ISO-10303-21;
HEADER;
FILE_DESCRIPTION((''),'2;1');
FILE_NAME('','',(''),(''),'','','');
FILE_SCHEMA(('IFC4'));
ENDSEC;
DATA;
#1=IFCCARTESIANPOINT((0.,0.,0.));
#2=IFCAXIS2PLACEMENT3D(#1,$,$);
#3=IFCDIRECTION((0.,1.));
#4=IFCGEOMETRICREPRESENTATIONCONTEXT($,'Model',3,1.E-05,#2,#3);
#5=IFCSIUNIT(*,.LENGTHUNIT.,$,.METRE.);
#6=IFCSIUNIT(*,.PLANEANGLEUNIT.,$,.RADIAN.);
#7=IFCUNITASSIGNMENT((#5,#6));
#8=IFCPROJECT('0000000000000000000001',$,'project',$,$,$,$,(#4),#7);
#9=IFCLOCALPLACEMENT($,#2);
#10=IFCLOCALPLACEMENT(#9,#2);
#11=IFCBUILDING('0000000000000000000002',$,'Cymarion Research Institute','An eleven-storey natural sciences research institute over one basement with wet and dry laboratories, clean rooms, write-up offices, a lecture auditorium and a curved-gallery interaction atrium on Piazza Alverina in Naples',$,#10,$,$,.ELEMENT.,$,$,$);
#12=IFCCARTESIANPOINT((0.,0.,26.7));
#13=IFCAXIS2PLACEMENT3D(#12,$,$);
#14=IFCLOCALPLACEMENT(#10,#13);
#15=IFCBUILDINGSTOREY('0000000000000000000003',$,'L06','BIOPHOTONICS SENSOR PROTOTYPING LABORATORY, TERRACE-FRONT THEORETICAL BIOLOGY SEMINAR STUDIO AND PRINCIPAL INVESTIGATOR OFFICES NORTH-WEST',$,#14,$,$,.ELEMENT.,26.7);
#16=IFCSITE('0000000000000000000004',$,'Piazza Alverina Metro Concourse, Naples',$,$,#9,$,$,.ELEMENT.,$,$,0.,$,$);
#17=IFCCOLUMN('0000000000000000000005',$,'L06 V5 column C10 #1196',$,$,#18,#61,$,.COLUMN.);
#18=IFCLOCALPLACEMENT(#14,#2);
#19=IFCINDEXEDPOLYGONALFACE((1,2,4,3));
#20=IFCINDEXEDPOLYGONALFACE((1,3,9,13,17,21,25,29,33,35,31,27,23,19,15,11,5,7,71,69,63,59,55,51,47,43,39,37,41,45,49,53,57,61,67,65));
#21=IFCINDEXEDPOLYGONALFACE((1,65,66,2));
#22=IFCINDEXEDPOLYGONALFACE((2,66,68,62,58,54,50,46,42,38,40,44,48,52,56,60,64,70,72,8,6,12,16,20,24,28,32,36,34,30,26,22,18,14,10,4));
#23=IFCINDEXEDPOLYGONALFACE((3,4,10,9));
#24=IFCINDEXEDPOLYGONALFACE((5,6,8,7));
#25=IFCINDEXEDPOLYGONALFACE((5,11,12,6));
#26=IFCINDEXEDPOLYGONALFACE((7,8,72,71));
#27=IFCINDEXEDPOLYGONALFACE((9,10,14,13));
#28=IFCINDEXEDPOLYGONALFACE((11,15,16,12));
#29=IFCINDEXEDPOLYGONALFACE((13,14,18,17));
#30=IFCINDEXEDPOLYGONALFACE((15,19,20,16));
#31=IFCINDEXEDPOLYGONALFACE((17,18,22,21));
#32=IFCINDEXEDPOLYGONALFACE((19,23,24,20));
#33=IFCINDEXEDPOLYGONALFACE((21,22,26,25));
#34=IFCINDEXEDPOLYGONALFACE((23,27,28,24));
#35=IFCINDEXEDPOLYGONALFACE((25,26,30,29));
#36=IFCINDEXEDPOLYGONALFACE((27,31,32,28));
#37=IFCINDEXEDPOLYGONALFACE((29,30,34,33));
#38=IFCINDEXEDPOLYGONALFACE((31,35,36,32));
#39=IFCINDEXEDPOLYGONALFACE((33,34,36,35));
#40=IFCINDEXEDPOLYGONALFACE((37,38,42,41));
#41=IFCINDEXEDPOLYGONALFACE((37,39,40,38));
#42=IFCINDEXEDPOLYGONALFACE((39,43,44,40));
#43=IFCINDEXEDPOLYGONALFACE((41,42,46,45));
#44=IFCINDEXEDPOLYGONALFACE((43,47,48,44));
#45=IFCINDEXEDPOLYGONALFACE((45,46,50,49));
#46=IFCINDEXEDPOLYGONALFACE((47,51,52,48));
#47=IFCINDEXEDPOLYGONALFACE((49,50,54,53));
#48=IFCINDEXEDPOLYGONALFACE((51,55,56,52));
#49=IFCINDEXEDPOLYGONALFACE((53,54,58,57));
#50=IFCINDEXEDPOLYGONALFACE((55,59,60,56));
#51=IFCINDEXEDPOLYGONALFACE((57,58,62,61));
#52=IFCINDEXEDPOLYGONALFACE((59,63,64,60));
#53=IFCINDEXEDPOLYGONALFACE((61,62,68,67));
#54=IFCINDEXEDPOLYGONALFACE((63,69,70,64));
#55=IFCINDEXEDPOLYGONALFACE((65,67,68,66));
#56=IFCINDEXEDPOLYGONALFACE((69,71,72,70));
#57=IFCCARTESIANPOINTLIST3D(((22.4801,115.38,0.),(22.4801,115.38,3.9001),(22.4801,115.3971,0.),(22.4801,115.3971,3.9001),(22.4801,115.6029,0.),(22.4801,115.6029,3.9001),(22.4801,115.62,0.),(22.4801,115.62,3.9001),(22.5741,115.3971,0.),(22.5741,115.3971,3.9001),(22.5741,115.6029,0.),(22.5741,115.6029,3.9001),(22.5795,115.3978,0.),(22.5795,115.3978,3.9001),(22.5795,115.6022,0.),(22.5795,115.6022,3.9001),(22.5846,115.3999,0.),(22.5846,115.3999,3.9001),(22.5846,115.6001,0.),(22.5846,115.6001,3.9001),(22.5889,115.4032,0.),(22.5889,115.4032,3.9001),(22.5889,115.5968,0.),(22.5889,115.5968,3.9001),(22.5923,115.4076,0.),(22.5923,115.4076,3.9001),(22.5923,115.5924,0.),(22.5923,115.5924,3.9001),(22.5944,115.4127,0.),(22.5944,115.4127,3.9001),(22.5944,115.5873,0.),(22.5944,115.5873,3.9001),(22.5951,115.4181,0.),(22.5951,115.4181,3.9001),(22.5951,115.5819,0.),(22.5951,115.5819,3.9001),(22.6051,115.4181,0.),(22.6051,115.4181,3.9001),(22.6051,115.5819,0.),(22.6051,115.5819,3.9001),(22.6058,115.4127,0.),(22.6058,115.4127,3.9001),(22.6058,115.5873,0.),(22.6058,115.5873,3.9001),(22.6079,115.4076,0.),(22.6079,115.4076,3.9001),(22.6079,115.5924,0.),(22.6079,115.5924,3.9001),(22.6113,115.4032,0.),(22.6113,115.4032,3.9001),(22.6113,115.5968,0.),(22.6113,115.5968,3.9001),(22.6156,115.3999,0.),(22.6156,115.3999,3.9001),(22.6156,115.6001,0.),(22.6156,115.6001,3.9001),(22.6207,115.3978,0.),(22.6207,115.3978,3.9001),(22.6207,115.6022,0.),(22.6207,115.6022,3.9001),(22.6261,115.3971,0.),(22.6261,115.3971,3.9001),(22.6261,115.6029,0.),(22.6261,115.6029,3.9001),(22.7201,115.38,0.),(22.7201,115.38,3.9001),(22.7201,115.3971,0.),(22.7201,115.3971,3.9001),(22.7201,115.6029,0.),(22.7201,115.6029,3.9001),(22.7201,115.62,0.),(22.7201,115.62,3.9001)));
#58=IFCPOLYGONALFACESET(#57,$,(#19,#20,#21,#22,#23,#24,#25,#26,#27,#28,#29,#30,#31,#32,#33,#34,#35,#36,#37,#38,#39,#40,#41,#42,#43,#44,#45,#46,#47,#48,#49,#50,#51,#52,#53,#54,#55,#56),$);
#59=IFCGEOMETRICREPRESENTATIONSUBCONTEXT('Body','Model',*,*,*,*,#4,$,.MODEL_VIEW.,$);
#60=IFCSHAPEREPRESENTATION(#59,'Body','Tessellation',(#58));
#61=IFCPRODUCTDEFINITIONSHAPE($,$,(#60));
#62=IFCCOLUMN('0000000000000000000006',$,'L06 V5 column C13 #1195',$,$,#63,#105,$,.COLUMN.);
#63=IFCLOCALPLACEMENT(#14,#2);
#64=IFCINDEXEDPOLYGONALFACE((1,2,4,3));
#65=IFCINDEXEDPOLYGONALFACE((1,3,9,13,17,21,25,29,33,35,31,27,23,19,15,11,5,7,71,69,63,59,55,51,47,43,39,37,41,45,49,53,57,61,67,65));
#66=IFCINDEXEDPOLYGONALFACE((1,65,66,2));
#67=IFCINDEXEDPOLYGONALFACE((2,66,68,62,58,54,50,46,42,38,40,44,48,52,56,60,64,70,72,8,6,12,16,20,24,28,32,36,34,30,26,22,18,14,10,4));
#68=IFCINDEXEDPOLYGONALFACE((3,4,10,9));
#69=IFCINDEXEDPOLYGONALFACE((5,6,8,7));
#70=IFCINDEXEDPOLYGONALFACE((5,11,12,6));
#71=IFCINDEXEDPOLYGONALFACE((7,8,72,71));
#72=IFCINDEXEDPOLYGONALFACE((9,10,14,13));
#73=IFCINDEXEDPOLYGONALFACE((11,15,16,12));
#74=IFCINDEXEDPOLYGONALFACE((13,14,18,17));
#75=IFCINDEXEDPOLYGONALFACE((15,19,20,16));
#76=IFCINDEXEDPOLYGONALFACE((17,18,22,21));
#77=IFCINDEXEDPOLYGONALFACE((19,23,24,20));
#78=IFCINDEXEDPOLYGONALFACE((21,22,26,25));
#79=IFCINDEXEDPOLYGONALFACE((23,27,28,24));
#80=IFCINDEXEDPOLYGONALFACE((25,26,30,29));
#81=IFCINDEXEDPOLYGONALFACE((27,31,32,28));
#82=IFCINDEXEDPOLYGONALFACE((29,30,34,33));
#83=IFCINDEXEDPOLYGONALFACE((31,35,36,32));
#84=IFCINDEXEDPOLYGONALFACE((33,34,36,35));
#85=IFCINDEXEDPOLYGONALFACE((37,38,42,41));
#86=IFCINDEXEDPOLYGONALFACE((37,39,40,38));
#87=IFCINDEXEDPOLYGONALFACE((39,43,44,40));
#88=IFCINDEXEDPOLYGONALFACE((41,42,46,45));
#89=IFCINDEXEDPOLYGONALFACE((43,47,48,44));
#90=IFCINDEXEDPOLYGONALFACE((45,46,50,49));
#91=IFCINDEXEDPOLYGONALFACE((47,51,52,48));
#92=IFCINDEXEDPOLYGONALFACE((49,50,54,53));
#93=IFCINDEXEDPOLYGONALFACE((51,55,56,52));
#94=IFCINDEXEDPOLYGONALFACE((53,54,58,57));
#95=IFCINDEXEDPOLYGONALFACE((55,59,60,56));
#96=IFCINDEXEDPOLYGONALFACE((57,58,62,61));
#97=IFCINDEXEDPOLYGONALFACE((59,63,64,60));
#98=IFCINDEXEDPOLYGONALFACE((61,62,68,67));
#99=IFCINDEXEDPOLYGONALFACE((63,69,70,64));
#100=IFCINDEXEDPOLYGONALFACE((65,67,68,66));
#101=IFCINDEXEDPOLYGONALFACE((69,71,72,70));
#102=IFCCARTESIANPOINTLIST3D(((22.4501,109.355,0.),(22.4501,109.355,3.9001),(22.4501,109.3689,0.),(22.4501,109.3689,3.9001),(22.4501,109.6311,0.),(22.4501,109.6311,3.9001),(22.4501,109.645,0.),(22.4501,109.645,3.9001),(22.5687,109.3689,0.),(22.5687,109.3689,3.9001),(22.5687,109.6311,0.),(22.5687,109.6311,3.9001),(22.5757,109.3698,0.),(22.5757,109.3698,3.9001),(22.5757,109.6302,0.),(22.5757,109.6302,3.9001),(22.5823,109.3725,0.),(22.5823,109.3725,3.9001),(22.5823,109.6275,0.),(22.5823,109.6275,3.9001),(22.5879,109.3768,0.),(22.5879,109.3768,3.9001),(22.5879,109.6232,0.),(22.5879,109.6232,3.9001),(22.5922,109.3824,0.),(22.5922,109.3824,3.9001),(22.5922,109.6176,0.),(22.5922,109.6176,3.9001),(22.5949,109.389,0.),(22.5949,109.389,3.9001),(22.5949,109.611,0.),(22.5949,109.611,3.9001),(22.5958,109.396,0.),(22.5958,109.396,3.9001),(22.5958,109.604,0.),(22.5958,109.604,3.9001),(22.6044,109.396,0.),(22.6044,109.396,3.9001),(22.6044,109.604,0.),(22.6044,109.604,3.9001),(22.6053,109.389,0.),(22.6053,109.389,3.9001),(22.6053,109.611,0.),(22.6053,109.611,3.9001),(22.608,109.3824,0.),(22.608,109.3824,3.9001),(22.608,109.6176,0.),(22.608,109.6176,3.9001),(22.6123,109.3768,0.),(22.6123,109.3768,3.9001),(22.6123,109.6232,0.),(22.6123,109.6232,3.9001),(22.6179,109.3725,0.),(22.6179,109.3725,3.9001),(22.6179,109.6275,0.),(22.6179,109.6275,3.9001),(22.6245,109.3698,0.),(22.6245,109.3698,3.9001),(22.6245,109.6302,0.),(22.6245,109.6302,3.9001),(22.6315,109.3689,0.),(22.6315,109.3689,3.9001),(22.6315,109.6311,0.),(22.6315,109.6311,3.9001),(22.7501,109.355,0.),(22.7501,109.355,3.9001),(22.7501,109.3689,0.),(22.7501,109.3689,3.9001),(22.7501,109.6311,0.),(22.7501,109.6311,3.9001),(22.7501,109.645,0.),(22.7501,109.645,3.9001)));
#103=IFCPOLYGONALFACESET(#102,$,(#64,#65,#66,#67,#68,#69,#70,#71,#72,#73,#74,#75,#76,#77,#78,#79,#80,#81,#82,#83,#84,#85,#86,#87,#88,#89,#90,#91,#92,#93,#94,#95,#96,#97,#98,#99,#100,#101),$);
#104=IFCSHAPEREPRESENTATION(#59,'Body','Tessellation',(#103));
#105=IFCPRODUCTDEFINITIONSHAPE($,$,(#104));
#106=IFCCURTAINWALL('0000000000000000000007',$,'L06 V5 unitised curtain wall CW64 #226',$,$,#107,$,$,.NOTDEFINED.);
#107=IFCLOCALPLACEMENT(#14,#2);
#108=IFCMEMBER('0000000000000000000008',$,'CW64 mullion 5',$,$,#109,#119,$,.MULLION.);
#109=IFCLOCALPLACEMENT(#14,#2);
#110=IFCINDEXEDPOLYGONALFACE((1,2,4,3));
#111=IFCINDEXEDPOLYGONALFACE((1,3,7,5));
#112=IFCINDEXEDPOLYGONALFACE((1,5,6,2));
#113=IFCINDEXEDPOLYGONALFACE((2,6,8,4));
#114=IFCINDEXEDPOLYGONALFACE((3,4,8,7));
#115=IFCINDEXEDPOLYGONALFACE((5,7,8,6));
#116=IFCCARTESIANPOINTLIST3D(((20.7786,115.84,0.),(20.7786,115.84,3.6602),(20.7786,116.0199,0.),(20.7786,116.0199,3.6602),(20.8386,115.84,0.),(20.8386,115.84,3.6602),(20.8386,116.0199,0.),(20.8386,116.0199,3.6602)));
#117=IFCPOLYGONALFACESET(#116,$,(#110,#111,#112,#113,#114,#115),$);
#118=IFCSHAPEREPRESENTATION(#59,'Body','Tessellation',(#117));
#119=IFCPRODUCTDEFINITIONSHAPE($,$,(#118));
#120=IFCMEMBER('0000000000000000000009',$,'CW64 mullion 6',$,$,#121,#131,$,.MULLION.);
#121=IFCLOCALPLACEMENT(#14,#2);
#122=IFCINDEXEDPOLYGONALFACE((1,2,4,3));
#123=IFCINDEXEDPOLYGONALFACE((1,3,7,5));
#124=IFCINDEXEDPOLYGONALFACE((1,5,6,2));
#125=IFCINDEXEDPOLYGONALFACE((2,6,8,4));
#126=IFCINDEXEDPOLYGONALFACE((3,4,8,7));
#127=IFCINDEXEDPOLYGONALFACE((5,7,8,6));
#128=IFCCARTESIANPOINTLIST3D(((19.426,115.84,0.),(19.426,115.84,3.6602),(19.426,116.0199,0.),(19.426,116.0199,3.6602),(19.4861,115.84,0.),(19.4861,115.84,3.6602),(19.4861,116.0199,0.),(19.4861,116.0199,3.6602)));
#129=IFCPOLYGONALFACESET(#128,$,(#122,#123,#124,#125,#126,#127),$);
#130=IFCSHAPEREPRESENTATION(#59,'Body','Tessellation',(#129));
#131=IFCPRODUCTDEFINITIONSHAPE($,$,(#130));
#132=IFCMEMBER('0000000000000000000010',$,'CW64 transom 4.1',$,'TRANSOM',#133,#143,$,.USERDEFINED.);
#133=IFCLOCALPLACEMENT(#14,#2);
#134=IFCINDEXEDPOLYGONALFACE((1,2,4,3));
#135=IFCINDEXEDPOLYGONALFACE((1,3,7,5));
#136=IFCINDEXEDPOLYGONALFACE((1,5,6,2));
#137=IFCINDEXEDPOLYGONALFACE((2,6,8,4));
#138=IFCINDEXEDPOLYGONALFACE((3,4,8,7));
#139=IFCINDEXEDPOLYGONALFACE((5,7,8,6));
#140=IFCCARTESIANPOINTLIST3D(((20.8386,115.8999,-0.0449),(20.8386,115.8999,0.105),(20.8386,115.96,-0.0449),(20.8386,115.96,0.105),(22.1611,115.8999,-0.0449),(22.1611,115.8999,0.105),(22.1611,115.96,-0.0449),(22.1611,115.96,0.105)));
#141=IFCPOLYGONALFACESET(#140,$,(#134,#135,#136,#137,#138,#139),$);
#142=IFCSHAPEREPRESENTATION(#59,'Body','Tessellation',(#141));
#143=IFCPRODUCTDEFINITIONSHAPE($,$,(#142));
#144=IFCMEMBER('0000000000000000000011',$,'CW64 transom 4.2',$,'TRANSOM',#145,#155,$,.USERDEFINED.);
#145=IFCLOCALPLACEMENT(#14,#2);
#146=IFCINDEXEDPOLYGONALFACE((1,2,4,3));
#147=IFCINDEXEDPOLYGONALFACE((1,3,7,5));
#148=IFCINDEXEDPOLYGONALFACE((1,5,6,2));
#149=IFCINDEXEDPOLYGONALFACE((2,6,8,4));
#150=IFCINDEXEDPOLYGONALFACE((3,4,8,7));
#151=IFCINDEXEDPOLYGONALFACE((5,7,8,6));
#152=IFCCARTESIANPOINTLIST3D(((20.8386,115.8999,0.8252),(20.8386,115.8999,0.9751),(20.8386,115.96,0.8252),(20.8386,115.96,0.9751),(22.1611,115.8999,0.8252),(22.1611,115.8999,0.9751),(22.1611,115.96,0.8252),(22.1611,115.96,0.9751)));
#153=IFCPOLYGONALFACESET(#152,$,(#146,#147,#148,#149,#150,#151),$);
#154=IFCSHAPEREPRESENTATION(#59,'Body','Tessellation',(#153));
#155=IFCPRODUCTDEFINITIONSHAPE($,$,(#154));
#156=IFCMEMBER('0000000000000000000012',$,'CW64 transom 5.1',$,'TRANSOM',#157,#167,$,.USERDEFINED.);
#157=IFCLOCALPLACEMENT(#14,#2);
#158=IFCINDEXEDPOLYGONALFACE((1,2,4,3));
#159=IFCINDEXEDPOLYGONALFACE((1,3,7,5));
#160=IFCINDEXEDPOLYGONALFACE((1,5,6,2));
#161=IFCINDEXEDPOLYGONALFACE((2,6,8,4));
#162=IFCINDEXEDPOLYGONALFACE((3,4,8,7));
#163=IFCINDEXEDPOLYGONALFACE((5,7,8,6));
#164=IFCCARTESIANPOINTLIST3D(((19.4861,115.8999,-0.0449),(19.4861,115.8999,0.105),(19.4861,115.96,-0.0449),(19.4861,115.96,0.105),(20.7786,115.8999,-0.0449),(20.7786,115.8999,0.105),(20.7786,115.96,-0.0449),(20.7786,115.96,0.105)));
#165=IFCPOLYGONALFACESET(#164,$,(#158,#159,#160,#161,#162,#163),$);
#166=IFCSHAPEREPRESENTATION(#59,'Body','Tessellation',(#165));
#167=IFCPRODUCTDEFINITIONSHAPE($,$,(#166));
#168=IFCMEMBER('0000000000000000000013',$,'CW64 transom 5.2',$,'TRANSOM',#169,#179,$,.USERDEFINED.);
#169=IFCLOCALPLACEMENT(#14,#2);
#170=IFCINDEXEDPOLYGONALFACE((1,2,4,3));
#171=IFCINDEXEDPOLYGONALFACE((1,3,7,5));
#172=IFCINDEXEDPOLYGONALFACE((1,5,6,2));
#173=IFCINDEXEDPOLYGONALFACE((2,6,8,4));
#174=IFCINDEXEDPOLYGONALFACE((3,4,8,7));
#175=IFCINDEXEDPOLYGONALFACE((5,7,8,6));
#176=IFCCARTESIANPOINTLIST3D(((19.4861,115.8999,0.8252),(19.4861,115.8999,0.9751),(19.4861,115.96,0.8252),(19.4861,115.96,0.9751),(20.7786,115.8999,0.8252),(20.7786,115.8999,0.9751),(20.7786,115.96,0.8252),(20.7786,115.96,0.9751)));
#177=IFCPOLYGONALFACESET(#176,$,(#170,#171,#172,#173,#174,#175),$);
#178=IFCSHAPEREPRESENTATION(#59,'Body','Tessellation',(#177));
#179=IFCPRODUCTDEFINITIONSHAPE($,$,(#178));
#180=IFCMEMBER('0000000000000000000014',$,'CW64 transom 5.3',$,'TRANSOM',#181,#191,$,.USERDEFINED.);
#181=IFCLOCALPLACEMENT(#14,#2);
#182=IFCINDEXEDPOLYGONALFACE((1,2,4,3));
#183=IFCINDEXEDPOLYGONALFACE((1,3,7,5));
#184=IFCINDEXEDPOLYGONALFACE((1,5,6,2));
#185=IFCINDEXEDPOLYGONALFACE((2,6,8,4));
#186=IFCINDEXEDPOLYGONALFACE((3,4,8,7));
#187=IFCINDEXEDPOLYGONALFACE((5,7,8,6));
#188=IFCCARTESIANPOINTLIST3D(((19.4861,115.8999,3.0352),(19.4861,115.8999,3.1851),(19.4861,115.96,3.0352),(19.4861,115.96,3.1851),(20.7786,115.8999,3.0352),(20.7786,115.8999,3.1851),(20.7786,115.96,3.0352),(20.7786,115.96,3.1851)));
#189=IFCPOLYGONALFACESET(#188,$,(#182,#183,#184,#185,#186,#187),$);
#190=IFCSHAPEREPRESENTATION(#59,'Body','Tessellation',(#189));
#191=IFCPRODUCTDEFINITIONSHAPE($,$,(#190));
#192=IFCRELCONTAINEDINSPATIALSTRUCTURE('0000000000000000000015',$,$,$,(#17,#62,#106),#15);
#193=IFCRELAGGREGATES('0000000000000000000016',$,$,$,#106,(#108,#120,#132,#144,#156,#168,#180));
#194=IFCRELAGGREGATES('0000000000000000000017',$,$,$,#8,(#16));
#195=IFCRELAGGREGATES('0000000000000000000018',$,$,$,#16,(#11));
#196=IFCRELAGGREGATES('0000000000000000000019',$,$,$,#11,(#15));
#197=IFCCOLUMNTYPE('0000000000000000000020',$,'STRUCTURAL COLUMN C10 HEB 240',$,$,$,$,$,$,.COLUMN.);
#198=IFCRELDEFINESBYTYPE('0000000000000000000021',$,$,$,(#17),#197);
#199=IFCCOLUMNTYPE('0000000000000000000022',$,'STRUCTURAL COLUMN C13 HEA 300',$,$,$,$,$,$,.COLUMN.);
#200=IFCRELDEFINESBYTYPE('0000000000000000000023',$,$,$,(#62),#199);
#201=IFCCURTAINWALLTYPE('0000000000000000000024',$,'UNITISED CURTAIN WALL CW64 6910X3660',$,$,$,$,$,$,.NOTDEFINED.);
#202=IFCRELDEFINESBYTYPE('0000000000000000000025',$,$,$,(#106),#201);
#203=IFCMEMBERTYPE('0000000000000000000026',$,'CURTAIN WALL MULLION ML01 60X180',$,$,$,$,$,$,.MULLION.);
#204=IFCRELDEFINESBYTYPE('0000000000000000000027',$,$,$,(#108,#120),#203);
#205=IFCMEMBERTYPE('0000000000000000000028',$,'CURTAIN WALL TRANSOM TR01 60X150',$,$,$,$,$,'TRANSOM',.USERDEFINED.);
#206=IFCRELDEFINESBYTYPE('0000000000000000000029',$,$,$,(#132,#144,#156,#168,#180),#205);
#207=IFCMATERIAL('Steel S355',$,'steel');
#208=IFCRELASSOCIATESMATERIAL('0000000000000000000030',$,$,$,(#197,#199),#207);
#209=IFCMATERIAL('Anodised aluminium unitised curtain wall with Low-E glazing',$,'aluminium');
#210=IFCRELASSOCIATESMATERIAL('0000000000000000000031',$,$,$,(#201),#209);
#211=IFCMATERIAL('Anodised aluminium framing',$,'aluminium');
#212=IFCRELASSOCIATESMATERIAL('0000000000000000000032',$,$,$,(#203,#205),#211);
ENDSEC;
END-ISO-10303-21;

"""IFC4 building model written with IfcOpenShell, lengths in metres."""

from ifc_helpers import new_model, si_unit, direction, frame, origin, origin_2d, place, context, subcontext, project, spatial, rectangle, i_section, extrude, material, material_profile, profile_set, type_object, element, aggregate, save


model = new_model("IFC4")

# Units and contexts
model_context = context("Model", 3, precision=1e-05, world=origin(), true_north=direction((0.0, 1.0)))
body_context = subcontext(model_context, "Body", "Model", "MODEL_VIEW")
ifc_project = project(units=[si_unit("LENGTHUNIT", "METRE"), si_unit("PLANEANGLEUNIT", "RADIAN")], contexts=[model_context])

# Site, building, storey
site_placement = place(None, origin())
site = spatial("IfcSite", under=ifc_project, at=site_placement, Name="Piazza Alverina Metro Concourse, Naples", CompositionType="ELEMENT", RefElevation=0.0)
building_placement = place(site_placement, origin())
building = spatial("IfcBuilding", under=site, at=building_placement, Name="Cymarion Research Institute", Description="An eleven-storey natural sciences research institute over one basement with wet and dry laboratories, clean rooms, write-up offices, a lecture auditorium and a curved-gallery interaction atrium on Piazza Alverina in Naples", CompositionType="ELEMENT")
storey_placement = place(building_placement, frame((0.0, 0.0, 26.7)))
storey = spatial("IfcBuildingStorey", under=building, at=storey_placement, Name="L06", Description="BIOPHOTONICS SENSOR PROTOTYPING LABORATORY, TERRACE-FRONT THEORETICAL BIOLOGY SEMINAR STUDIO AND PRINCIPAL INVESTIGATOR OFFICES NORTH-WEST", CompositionType="ELEMENT", Elevation=26.7)

# Columns
ifc_material_1 = material(Name="Steel S355", Category="steel")
ifc_material_profile_1 = material_profile(ifc_material_1, i_section(OverallWidth=0.24, OverallDepth=0.24, WebThickness=0.01, FlangeThickness=0.0171, FilletRadius=0.021, at=origin_2d()), Name="HEB 240")
ifc_profile_set_1 = profile_set([ifc_material_profile_1], Name="Steel S355")
column_type_1 = type_object("IfcColumnType", Name="STRUCTURAL COLUMN C10 HEB 240", PredefinedType="COLUMN", material=ifc_profile_set_1)
column_1_placement = place(storey_placement, frame((22.6001, 115.5, 0.0), z_axis=(0.0, 0.0, 1.0), x_axis=(1.0, 0.0, 0.0)))
element("IfcColumn", 1, at=column_1_placement, inside=storey, type_object=column_type_1, Name="L06 V5 column C10 #1196", PredefinedType="COLUMN", context=body_context, shape_type="SweptSolid", body=[
    extrude(i_section(OverallWidth=0.24, OverallDepth=0.24, WebThickness=0.01, FlangeThickness=0.0171, FilletRadius=0.021, at=origin_2d()), origin(), (0.0, 0.0, 1.0), 3.9001),
])
ifc_material_profile_2 = material_profile(ifc_material_1, i_section(OverallWidth=0.3, OverallDepth=0.29, WebThickness=0.0085, FlangeThickness=0.0139, FilletRadius=0.0271, at=origin_2d()), Name="HEA 300")
ifc_profile_set_2 = profile_set([ifc_material_profile_2], Name="Steel S355")
column_type_2 = type_object("IfcColumnType", Name="STRUCTURAL COLUMN C13 HEA 300", PredefinedType="COLUMN", material=ifc_profile_set_2)
column_2_placement = place(storey_placement, frame((22.6001, 109.5, 0.0), z_axis=(0.0, 0.0, 1.0), x_axis=(1.0, 0.0, 0.0)))
element("IfcColumn", 2, at=column_2_placement, inside=storey, type_object=column_type_2, Name="L06 V5 column C13 #1195", PredefinedType="COLUMN", context=body_context, shape_type="SweptSolid", body=[
    extrude(i_section(OverallWidth=0.3, OverallDepth=0.29, WebThickness=0.0085, FlangeThickness=0.0139, FilletRadius=0.0271, at=origin_2d()), origin(), (0.0, 0.0, 1.0), 3.9001),
])

# Curtain wall, members
ifc_material_2 = material(Name="Anodised aluminium unitised curtain wall with Low-E glazing", Category="aluminium")
curtain_wall_type = type_object("IfcCurtainWallType", Name="UNITISED CURTAIN WALL CW64 6910X3660", PredefinedType="NOTDEFINED", material=ifc_material_2)
curtain_wall_placement = place(storey_placement, origin())
curtain_wall = element("IfcCurtainWall", 3, at=curtain_wall_placement, inside=storey, type_object=curtain_wall_type, Name="L06 V5 unitised curtain wall CW64 #226", PredefinedType="NOTDEFINED")
ifc_material_3 = material(Name="Anodised aluminium framing", Category="aluminium")
ifc_material_profile_3 = material_profile(ifc_material_3, rectangle(XDim=0.0601, YDim=0.1799, at=origin_2d()), Name="ALU MULLION 60x180")
ifc_profile_set_3 = profile_set([ifc_material_profile_3], Name="Anodised aluminium framing")
member_type_1 = type_object("IfcMemberType", Name="CURTAIN WALL MULLION ML01 60X180", PredefinedType="MULLION", material=ifc_profile_set_3)
member_1_placement = place(storey_placement, frame((20.8086, 115.9299, 0.0), z_axis=(0.0, 0.0, 1.0), x_axis=(-1.0, 0.0, 0.0)))
member_1 = element("IfcMember", 4, at=member_1_placement, type_object=member_type_1, Name="CW64 mullion 5", PredefinedType="MULLION", context=body_context, shape_type="SweptSolid", body=[
    extrude(rectangle(XDim=0.0601, YDim=0.1799, at=origin_2d()), origin(), (0.0, 0.0, 1.0), 3.6602),
])
member_2_placement = place(storey_placement, frame((19.4561, 115.9299, 0.0), z_axis=(0.0, 0.0, 1.0), x_axis=(-1.0, 0.0, 0.0)))
member_2 = element("IfcMember", 5, at=member_2_placement, type_object=member_type_1, Name="CW64 mullion 6", PredefinedType="MULLION", context=body_context, shape_type="SweptSolid", body=[
    extrude(rectangle(XDim=0.0601, YDim=0.1799, at=origin_2d()), origin(), (0.0, 0.0, 1.0), 3.6602),
])
ifc_material_profile_4 = material_profile(ifc_material_3, rectangle(XDim=0.0601, YDim=0.1499, at=origin_2d()), Name="ALU TRANSOM 60x150")
ifc_profile_set_4 = profile_set([ifc_material_profile_4], Name="Anodised aluminium framing")
member_type_2 = type_object("IfcMemberType", Name="CURTAIN WALL TRANSOM TR01 60X150", ElementType="TRANSOM", PredefinedType="USERDEFINED", material=ifc_profile_set_4)
member_3_placement = place(storey_placement, frame((22.1611, 115.9299, 0.03), z_axis=(-1.0, 0.0, 0.0), x_axis=(0.0, -1.0, 0.0)))
member_3 = element("IfcMember", 6, at=member_3_placement, type_object=member_type_2, Name="CW64 transom 4.1", ObjectType="TRANSOM", PredefinedType="USERDEFINED", context=body_context, shape_type="SweptSolid", body=[
    extrude(rectangle(XDim=0.0601, YDim=0.1499, at=origin_2d()), origin(), (0.0, 0.0, 1.0), 1.3225),
])
member_4_placement = place(storey_placement, frame((22.1611, 115.9299, 0.9001), z_axis=(-1.0, 0.0, 0.0), x_axis=(0.0, -1.0, 0.0)))
member_4 = element("IfcMember", 7, at=member_4_placement, type_object=member_type_2, Name="CW64 transom 4.2", ObjectType="TRANSOM", PredefinedType="USERDEFINED", context=body_context, shape_type="SweptSolid", body=[
    extrude(rectangle(XDim=0.0601, YDim=0.1499, at=origin_2d()), origin(), (0.0, 0.0, 1.0), 1.3225),
])
member_5_placement = place(storey_placement, frame((20.7786, 115.9299, 0.03), z_axis=(-1.0, 0.0, 0.0), x_axis=(0.0, -1.0, 0.0)))
member_5 = element("IfcMember", 8, at=member_5_placement, type_object=member_type_2, Name="CW64 transom 5.1", ObjectType="TRANSOM", PredefinedType="USERDEFINED", context=body_context, shape_type="SweptSolid", body=[
    extrude(rectangle(XDim=0.0601, YDim=0.1499, at=origin_2d()), origin(), (0.0, 0.0, 1.0), 1.2925),
])
member_6_placement = place(storey_placement, frame((20.7786, 115.9299, 0.9001), z_axis=(-1.0, 0.0, 0.0), x_axis=(0.0, -1.0, 0.0)))
member_6 = element("IfcMember", 9, at=member_6_placement, type_object=member_type_2, Name="CW64 transom 5.2", ObjectType="TRANSOM", PredefinedType="USERDEFINED", context=body_context, shape_type="SweptSolid", body=[
    extrude(rectangle(XDim=0.0601, YDim=0.1499, at=origin_2d()), origin(), (0.0, 0.0, 1.0), 1.2925),
])
member_7_placement = place(storey_placement, frame((20.7786, 115.9299, 3.1101), z_axis=(-1.0, 0.0, 0.0), x_axis=(0.0, -1.0, 0.0)))
member_7 = element("IfcMember", 10, at=member_7_placement, type_object=member_type_2, Name="CW64 transom 5.3", ObjectType="TRANSOM", PredefinedType="USERDEFINED", context=body_context, shape_type="SweptSolid", body=[
    extrude(rectangle(XDim=0.0601, YDim=0.1499, at=origin_2d()), origin(), (0.0, 0.0, 1.0), 1.2925),
])

aggregate(curtain_wall, [member_1, member_2, member_3, member_4, member_5, member_6, member_7])

save(model, "model.ifc")
